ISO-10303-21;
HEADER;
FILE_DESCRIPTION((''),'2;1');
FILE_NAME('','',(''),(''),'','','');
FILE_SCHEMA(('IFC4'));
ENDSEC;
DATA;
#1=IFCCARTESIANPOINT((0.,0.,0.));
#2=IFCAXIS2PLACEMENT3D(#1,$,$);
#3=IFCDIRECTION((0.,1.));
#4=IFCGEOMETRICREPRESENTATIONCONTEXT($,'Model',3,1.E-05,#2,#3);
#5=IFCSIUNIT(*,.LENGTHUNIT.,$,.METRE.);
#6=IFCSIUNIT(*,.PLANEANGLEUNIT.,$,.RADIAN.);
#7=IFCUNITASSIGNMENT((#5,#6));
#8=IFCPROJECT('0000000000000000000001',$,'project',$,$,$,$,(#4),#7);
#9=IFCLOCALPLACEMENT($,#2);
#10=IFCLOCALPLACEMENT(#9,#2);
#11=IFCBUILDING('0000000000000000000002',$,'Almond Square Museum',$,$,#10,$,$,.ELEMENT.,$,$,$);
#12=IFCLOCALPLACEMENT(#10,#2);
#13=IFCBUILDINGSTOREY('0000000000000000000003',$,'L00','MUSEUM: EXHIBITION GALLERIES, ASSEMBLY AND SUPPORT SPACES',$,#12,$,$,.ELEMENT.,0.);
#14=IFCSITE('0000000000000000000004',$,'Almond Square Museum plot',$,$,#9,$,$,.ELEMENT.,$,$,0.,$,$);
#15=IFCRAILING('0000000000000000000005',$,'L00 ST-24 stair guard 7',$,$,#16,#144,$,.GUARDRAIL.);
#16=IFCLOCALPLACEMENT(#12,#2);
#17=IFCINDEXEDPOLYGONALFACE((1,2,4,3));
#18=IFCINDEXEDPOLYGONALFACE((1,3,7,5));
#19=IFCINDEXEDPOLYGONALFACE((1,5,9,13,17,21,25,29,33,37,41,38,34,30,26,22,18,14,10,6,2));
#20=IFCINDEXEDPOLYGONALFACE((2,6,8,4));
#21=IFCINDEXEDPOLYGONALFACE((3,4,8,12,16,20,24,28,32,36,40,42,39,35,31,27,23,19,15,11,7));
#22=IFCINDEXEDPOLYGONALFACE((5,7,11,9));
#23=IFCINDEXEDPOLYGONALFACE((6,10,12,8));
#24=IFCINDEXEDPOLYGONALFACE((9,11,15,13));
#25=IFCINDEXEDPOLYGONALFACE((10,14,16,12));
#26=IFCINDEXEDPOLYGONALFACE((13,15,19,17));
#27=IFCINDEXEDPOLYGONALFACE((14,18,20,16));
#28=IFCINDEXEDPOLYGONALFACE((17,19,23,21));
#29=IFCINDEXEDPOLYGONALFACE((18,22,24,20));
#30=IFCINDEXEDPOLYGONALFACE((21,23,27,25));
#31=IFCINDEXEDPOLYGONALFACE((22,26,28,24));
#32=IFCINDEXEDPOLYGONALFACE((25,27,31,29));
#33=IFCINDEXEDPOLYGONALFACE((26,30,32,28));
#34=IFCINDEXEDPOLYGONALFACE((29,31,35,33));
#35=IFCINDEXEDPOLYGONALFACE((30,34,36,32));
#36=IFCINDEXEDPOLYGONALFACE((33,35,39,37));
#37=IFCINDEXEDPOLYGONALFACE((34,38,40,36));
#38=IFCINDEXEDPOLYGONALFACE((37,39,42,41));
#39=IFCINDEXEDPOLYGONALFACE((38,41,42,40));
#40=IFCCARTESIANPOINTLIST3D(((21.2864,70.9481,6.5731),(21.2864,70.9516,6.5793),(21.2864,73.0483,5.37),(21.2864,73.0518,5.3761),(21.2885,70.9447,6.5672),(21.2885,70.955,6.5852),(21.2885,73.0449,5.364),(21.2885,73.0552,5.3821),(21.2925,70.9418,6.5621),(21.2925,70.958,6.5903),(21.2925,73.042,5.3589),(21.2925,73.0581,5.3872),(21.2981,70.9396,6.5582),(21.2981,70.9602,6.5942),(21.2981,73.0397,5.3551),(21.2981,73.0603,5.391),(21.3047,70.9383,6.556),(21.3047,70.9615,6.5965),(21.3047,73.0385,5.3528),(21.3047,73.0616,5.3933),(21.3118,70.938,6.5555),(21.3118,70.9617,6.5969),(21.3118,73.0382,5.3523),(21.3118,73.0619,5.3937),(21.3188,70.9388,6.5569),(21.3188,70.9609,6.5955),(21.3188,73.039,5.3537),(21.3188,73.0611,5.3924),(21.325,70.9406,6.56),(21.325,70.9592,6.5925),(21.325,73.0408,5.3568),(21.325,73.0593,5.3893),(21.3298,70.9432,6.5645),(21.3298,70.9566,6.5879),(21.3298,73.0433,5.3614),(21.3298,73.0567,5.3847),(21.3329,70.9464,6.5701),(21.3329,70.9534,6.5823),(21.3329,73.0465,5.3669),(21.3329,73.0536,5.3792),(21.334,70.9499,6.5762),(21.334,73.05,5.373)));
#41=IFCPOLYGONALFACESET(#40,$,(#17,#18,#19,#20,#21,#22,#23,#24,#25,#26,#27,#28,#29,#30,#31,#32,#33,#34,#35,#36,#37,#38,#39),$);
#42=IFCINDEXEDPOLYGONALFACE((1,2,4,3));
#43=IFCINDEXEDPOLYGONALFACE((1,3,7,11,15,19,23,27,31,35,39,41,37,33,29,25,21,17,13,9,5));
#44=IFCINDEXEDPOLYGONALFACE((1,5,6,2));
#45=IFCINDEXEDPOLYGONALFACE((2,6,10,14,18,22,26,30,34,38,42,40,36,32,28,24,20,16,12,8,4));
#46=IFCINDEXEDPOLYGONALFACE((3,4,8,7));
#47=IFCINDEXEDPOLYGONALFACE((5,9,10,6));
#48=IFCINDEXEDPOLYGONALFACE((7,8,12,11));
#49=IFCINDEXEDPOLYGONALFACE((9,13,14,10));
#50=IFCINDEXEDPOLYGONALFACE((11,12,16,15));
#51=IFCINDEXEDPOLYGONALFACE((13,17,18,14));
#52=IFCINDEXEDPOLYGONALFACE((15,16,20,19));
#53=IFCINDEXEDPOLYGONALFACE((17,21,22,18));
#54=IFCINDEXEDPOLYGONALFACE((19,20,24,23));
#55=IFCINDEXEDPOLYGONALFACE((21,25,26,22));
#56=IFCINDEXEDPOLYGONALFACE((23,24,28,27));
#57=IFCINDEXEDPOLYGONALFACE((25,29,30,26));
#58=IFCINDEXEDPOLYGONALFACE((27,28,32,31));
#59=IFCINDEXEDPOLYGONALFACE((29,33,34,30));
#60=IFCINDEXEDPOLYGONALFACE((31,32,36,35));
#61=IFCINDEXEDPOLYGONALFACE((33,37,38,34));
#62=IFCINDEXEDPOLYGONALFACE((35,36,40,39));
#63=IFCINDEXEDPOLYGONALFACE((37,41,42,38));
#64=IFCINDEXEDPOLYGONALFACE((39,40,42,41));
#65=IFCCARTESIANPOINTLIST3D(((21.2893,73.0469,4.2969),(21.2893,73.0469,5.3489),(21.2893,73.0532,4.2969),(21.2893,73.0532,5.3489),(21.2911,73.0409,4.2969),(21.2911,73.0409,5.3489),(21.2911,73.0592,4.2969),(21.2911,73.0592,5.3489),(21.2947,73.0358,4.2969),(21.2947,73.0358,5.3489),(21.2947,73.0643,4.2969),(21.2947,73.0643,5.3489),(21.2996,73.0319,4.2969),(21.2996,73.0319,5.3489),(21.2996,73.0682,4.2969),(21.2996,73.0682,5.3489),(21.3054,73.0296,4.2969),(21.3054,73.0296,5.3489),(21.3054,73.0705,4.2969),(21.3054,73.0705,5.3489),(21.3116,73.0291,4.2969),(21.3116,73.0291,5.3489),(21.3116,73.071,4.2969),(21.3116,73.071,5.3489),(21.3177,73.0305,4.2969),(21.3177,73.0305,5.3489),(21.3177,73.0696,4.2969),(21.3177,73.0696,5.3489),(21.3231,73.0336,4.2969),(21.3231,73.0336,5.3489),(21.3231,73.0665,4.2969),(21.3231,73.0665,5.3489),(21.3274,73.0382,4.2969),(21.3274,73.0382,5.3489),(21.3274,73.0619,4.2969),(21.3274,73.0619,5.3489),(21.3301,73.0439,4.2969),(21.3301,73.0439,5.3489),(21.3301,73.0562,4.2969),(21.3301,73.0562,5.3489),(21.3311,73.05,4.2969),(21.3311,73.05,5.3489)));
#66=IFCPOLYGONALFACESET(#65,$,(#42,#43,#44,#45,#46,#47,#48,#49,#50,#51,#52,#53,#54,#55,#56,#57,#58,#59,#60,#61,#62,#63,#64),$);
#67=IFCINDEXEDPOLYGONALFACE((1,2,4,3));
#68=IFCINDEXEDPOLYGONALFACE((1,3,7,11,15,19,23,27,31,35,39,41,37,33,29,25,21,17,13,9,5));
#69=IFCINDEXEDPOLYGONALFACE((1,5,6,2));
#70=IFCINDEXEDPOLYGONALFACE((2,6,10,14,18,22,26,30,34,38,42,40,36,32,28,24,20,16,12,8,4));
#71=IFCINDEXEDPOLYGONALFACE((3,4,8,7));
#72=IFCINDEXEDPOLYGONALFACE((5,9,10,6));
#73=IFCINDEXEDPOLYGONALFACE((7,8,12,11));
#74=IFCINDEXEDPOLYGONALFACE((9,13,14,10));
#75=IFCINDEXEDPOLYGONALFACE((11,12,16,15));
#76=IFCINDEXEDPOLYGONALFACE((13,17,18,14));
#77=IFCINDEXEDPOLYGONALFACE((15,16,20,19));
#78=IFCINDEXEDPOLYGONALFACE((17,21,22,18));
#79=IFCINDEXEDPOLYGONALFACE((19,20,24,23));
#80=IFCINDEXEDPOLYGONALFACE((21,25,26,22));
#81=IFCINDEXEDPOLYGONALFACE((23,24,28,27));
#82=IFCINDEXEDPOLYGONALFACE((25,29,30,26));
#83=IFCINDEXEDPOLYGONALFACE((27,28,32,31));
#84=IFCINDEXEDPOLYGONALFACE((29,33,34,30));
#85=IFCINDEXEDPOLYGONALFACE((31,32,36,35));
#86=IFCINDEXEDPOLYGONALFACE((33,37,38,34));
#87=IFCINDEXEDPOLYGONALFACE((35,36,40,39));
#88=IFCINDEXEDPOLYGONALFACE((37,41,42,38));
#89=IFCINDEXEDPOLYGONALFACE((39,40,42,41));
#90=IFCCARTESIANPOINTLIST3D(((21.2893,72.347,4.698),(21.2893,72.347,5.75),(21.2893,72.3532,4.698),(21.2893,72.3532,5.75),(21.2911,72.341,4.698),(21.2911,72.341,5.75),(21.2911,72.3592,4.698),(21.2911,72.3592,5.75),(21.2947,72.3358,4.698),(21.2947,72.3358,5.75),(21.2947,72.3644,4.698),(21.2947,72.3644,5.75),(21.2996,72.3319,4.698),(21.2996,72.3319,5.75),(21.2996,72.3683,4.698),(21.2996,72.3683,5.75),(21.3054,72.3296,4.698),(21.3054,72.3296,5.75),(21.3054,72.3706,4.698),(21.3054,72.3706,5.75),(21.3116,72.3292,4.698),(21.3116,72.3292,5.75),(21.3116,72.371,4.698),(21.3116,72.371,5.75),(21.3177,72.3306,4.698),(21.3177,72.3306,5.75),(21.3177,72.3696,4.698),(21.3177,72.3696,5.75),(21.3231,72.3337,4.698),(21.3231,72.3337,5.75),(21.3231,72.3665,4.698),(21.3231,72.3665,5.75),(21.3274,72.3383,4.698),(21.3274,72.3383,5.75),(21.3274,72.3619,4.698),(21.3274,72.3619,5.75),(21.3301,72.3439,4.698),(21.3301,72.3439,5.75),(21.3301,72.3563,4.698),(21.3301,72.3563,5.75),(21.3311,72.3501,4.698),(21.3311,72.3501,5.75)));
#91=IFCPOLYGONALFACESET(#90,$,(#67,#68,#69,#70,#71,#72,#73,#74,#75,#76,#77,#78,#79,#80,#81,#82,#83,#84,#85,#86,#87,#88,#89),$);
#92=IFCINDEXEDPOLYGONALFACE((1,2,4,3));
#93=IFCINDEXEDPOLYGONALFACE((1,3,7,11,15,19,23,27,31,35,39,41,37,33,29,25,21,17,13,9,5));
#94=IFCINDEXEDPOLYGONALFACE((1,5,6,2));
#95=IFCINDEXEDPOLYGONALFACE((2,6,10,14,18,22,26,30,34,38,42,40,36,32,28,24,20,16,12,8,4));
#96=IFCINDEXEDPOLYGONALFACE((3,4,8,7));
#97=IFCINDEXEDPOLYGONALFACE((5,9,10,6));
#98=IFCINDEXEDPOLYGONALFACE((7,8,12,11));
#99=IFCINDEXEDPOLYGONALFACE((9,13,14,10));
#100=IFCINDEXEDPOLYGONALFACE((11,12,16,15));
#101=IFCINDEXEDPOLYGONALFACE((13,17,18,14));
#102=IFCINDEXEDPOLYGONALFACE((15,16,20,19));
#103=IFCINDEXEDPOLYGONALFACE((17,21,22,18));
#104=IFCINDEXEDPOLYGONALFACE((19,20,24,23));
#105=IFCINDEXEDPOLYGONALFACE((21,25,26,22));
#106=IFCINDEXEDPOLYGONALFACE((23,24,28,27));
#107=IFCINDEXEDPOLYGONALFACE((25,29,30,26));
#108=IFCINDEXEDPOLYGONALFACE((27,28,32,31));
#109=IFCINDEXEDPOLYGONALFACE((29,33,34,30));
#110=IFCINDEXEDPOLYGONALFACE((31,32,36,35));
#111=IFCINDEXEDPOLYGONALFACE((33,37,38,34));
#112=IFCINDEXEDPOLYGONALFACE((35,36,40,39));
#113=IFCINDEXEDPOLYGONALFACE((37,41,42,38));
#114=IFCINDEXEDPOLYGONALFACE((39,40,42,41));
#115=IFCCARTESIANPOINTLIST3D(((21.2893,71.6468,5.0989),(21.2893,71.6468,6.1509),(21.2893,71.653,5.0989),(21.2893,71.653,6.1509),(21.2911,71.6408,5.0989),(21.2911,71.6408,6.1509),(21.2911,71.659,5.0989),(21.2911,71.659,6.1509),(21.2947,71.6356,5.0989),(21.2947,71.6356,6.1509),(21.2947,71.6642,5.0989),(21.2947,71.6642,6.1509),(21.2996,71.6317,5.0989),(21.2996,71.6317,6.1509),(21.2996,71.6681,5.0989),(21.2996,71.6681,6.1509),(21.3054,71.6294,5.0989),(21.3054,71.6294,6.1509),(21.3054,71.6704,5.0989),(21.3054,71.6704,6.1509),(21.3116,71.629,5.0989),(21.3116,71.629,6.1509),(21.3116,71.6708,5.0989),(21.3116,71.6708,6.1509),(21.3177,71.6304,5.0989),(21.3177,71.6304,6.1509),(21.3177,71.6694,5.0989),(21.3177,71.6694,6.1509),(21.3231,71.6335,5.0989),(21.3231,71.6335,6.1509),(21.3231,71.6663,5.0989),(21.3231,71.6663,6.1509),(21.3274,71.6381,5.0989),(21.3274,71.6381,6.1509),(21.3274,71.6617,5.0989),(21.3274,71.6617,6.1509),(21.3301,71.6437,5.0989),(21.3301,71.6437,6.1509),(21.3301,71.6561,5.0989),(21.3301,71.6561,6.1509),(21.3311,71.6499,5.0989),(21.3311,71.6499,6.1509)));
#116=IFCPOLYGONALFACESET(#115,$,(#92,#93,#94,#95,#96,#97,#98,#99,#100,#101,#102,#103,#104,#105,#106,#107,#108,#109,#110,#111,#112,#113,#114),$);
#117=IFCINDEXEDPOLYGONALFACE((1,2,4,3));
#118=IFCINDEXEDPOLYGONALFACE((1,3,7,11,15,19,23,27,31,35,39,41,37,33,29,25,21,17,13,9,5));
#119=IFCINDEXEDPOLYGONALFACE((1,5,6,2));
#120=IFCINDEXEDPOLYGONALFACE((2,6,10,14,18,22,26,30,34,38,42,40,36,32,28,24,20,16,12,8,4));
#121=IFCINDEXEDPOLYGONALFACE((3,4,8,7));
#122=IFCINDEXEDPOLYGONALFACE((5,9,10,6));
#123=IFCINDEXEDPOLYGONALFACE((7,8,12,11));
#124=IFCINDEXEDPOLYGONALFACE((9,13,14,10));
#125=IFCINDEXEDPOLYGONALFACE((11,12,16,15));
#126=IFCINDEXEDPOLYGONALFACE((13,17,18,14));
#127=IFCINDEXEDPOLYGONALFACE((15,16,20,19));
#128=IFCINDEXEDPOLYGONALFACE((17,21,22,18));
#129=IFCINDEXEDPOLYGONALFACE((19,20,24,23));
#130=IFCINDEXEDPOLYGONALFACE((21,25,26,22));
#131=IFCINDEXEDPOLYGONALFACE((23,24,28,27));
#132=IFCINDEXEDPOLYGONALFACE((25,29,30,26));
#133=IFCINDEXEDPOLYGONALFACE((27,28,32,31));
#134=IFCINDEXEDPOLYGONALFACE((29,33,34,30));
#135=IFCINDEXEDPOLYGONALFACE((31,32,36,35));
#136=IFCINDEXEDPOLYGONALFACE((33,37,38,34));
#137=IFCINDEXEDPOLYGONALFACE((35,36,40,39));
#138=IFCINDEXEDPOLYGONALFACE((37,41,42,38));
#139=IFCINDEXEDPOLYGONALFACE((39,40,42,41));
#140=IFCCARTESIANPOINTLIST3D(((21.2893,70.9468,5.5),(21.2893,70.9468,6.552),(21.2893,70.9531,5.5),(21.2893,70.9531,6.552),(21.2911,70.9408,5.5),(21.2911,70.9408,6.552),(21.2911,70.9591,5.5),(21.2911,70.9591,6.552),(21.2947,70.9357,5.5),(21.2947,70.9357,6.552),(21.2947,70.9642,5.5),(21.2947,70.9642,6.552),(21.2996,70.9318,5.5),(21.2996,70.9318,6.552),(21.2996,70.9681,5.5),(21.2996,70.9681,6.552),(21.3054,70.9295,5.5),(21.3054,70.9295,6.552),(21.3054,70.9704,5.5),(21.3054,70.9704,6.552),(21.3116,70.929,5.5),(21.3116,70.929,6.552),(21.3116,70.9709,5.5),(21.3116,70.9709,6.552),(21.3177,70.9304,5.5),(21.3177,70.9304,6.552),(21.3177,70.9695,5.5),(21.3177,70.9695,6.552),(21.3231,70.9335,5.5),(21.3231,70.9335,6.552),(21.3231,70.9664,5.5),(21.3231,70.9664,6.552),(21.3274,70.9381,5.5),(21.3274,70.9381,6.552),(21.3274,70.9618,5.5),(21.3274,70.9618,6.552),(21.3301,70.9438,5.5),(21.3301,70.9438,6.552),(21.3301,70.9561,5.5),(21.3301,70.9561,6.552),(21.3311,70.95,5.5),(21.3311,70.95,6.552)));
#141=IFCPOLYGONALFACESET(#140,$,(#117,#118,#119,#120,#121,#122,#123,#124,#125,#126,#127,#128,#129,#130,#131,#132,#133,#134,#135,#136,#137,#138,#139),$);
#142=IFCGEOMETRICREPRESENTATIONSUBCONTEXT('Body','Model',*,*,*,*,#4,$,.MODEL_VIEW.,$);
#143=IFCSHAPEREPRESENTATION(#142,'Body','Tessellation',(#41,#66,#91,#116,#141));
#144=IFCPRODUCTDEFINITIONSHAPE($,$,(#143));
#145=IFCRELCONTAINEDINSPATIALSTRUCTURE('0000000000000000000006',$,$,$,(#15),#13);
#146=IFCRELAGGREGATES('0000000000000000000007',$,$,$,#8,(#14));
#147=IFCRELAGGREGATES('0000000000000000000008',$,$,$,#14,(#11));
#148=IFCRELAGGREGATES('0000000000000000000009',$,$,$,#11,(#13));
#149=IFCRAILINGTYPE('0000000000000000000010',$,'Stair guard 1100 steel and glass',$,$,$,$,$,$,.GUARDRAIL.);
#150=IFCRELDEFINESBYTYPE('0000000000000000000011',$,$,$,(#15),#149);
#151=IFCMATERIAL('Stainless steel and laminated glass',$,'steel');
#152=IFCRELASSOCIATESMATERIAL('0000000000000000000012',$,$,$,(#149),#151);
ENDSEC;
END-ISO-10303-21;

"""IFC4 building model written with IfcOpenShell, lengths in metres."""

from ifc_helpers import new_model, si_unit, direction, frame, origin, origin_2d, place, context, subcontext, project, spatial, circle, extrude, material, type_object, element, save


model = new_model("IFC4")

# Units and contexts
model_context = context("Model", 3, precision=1e-05, world=origin(), true_north=direction((0.0, 1.0)))
body_context = subcontext(model_context, "Body", "Model", "MODEL_VIEW")
ifc_project = project(units=[si_unit("LENGTHUNIT", "METRE"), si_unit("PLANEANGLEUNIT", "RADIAN")], contexts=[model_context])

# Site, building, storey
site_placement = place(None, origin())
site = spatial("IfcSite", under=ifc_project, at=site_placement, Name="Almond Square Museum plot", CompositionType="ELEMENT", RefElevation=0.0)
building_placement = place(site_placement, origin())
building = spatial("IfcBuilding", under=site, at=building_placement, Name="Almond Square Museum", CompositionType="ELEMENT")
storey_placement = place(building_placement, origin())
storey = spatial("IfcBuildingStorey", under=building, at=storey_placement, Name="L00", Description="MUSEUM: EXHIBITION GALLERIES, ASSEMBLY AND SUPPORT SPACES", CompositionType="ELEMENT", Elevation=0.0)

# Railing
ifc_material_1 = material(Name="Stainless steel and laminated glass", Category="steel")
railing_type_1 = type_object("IfcRailingType", Name="Stair guard 1100 steel and glass", PredefinedType="GUARDRAIL", material=ifc_material_1)
for number, where, name in (
    (1, (21.3101, 73.05, 4.2969), "L00 ST-24 stair guard 7"),
):
    element("IfcRailing", number, at=place(storey_placement, frame(where)), inside=storey, type_object=railing_type_1, Name=name, PredefinedType="GUARDRAIL", context=body_context, shape_type="SweptSolid", body=[
        extrude(circle(Radius=0.0239, at=origin_2d()), frame((0.0, 0.0, 1.0762), z_axis=(0.0, -0.867696, 0.497095), x_axis=(1.0, 0.0, 0.0)), (0.0, 0.0, 1.0), 2.4204),
        extrude(circle(Radius=0.021, at=origin_2d()), origin(), (0.0, 0.0, 1.0), 1.052),
        extrude(circle(Radius=0.021, at=origin_2d()), frame((0.0, -0.7, 0.4011)), (0.0, 0.0, 1.0), 1.052),
        extrude(circle(Radius=0.021, at=origin_2d()), frame((0.0, -1.4001, 0.802)), (0.0, 0.0, 1.0), 1.052),
        extrude(circle(Radius=0.021, at=origin_2d()), frame((0.0, -2.1001, 1.2031)), (0.0, 0.0, 1.0), 1.052),
    ])

save(model, "model.ifc")
